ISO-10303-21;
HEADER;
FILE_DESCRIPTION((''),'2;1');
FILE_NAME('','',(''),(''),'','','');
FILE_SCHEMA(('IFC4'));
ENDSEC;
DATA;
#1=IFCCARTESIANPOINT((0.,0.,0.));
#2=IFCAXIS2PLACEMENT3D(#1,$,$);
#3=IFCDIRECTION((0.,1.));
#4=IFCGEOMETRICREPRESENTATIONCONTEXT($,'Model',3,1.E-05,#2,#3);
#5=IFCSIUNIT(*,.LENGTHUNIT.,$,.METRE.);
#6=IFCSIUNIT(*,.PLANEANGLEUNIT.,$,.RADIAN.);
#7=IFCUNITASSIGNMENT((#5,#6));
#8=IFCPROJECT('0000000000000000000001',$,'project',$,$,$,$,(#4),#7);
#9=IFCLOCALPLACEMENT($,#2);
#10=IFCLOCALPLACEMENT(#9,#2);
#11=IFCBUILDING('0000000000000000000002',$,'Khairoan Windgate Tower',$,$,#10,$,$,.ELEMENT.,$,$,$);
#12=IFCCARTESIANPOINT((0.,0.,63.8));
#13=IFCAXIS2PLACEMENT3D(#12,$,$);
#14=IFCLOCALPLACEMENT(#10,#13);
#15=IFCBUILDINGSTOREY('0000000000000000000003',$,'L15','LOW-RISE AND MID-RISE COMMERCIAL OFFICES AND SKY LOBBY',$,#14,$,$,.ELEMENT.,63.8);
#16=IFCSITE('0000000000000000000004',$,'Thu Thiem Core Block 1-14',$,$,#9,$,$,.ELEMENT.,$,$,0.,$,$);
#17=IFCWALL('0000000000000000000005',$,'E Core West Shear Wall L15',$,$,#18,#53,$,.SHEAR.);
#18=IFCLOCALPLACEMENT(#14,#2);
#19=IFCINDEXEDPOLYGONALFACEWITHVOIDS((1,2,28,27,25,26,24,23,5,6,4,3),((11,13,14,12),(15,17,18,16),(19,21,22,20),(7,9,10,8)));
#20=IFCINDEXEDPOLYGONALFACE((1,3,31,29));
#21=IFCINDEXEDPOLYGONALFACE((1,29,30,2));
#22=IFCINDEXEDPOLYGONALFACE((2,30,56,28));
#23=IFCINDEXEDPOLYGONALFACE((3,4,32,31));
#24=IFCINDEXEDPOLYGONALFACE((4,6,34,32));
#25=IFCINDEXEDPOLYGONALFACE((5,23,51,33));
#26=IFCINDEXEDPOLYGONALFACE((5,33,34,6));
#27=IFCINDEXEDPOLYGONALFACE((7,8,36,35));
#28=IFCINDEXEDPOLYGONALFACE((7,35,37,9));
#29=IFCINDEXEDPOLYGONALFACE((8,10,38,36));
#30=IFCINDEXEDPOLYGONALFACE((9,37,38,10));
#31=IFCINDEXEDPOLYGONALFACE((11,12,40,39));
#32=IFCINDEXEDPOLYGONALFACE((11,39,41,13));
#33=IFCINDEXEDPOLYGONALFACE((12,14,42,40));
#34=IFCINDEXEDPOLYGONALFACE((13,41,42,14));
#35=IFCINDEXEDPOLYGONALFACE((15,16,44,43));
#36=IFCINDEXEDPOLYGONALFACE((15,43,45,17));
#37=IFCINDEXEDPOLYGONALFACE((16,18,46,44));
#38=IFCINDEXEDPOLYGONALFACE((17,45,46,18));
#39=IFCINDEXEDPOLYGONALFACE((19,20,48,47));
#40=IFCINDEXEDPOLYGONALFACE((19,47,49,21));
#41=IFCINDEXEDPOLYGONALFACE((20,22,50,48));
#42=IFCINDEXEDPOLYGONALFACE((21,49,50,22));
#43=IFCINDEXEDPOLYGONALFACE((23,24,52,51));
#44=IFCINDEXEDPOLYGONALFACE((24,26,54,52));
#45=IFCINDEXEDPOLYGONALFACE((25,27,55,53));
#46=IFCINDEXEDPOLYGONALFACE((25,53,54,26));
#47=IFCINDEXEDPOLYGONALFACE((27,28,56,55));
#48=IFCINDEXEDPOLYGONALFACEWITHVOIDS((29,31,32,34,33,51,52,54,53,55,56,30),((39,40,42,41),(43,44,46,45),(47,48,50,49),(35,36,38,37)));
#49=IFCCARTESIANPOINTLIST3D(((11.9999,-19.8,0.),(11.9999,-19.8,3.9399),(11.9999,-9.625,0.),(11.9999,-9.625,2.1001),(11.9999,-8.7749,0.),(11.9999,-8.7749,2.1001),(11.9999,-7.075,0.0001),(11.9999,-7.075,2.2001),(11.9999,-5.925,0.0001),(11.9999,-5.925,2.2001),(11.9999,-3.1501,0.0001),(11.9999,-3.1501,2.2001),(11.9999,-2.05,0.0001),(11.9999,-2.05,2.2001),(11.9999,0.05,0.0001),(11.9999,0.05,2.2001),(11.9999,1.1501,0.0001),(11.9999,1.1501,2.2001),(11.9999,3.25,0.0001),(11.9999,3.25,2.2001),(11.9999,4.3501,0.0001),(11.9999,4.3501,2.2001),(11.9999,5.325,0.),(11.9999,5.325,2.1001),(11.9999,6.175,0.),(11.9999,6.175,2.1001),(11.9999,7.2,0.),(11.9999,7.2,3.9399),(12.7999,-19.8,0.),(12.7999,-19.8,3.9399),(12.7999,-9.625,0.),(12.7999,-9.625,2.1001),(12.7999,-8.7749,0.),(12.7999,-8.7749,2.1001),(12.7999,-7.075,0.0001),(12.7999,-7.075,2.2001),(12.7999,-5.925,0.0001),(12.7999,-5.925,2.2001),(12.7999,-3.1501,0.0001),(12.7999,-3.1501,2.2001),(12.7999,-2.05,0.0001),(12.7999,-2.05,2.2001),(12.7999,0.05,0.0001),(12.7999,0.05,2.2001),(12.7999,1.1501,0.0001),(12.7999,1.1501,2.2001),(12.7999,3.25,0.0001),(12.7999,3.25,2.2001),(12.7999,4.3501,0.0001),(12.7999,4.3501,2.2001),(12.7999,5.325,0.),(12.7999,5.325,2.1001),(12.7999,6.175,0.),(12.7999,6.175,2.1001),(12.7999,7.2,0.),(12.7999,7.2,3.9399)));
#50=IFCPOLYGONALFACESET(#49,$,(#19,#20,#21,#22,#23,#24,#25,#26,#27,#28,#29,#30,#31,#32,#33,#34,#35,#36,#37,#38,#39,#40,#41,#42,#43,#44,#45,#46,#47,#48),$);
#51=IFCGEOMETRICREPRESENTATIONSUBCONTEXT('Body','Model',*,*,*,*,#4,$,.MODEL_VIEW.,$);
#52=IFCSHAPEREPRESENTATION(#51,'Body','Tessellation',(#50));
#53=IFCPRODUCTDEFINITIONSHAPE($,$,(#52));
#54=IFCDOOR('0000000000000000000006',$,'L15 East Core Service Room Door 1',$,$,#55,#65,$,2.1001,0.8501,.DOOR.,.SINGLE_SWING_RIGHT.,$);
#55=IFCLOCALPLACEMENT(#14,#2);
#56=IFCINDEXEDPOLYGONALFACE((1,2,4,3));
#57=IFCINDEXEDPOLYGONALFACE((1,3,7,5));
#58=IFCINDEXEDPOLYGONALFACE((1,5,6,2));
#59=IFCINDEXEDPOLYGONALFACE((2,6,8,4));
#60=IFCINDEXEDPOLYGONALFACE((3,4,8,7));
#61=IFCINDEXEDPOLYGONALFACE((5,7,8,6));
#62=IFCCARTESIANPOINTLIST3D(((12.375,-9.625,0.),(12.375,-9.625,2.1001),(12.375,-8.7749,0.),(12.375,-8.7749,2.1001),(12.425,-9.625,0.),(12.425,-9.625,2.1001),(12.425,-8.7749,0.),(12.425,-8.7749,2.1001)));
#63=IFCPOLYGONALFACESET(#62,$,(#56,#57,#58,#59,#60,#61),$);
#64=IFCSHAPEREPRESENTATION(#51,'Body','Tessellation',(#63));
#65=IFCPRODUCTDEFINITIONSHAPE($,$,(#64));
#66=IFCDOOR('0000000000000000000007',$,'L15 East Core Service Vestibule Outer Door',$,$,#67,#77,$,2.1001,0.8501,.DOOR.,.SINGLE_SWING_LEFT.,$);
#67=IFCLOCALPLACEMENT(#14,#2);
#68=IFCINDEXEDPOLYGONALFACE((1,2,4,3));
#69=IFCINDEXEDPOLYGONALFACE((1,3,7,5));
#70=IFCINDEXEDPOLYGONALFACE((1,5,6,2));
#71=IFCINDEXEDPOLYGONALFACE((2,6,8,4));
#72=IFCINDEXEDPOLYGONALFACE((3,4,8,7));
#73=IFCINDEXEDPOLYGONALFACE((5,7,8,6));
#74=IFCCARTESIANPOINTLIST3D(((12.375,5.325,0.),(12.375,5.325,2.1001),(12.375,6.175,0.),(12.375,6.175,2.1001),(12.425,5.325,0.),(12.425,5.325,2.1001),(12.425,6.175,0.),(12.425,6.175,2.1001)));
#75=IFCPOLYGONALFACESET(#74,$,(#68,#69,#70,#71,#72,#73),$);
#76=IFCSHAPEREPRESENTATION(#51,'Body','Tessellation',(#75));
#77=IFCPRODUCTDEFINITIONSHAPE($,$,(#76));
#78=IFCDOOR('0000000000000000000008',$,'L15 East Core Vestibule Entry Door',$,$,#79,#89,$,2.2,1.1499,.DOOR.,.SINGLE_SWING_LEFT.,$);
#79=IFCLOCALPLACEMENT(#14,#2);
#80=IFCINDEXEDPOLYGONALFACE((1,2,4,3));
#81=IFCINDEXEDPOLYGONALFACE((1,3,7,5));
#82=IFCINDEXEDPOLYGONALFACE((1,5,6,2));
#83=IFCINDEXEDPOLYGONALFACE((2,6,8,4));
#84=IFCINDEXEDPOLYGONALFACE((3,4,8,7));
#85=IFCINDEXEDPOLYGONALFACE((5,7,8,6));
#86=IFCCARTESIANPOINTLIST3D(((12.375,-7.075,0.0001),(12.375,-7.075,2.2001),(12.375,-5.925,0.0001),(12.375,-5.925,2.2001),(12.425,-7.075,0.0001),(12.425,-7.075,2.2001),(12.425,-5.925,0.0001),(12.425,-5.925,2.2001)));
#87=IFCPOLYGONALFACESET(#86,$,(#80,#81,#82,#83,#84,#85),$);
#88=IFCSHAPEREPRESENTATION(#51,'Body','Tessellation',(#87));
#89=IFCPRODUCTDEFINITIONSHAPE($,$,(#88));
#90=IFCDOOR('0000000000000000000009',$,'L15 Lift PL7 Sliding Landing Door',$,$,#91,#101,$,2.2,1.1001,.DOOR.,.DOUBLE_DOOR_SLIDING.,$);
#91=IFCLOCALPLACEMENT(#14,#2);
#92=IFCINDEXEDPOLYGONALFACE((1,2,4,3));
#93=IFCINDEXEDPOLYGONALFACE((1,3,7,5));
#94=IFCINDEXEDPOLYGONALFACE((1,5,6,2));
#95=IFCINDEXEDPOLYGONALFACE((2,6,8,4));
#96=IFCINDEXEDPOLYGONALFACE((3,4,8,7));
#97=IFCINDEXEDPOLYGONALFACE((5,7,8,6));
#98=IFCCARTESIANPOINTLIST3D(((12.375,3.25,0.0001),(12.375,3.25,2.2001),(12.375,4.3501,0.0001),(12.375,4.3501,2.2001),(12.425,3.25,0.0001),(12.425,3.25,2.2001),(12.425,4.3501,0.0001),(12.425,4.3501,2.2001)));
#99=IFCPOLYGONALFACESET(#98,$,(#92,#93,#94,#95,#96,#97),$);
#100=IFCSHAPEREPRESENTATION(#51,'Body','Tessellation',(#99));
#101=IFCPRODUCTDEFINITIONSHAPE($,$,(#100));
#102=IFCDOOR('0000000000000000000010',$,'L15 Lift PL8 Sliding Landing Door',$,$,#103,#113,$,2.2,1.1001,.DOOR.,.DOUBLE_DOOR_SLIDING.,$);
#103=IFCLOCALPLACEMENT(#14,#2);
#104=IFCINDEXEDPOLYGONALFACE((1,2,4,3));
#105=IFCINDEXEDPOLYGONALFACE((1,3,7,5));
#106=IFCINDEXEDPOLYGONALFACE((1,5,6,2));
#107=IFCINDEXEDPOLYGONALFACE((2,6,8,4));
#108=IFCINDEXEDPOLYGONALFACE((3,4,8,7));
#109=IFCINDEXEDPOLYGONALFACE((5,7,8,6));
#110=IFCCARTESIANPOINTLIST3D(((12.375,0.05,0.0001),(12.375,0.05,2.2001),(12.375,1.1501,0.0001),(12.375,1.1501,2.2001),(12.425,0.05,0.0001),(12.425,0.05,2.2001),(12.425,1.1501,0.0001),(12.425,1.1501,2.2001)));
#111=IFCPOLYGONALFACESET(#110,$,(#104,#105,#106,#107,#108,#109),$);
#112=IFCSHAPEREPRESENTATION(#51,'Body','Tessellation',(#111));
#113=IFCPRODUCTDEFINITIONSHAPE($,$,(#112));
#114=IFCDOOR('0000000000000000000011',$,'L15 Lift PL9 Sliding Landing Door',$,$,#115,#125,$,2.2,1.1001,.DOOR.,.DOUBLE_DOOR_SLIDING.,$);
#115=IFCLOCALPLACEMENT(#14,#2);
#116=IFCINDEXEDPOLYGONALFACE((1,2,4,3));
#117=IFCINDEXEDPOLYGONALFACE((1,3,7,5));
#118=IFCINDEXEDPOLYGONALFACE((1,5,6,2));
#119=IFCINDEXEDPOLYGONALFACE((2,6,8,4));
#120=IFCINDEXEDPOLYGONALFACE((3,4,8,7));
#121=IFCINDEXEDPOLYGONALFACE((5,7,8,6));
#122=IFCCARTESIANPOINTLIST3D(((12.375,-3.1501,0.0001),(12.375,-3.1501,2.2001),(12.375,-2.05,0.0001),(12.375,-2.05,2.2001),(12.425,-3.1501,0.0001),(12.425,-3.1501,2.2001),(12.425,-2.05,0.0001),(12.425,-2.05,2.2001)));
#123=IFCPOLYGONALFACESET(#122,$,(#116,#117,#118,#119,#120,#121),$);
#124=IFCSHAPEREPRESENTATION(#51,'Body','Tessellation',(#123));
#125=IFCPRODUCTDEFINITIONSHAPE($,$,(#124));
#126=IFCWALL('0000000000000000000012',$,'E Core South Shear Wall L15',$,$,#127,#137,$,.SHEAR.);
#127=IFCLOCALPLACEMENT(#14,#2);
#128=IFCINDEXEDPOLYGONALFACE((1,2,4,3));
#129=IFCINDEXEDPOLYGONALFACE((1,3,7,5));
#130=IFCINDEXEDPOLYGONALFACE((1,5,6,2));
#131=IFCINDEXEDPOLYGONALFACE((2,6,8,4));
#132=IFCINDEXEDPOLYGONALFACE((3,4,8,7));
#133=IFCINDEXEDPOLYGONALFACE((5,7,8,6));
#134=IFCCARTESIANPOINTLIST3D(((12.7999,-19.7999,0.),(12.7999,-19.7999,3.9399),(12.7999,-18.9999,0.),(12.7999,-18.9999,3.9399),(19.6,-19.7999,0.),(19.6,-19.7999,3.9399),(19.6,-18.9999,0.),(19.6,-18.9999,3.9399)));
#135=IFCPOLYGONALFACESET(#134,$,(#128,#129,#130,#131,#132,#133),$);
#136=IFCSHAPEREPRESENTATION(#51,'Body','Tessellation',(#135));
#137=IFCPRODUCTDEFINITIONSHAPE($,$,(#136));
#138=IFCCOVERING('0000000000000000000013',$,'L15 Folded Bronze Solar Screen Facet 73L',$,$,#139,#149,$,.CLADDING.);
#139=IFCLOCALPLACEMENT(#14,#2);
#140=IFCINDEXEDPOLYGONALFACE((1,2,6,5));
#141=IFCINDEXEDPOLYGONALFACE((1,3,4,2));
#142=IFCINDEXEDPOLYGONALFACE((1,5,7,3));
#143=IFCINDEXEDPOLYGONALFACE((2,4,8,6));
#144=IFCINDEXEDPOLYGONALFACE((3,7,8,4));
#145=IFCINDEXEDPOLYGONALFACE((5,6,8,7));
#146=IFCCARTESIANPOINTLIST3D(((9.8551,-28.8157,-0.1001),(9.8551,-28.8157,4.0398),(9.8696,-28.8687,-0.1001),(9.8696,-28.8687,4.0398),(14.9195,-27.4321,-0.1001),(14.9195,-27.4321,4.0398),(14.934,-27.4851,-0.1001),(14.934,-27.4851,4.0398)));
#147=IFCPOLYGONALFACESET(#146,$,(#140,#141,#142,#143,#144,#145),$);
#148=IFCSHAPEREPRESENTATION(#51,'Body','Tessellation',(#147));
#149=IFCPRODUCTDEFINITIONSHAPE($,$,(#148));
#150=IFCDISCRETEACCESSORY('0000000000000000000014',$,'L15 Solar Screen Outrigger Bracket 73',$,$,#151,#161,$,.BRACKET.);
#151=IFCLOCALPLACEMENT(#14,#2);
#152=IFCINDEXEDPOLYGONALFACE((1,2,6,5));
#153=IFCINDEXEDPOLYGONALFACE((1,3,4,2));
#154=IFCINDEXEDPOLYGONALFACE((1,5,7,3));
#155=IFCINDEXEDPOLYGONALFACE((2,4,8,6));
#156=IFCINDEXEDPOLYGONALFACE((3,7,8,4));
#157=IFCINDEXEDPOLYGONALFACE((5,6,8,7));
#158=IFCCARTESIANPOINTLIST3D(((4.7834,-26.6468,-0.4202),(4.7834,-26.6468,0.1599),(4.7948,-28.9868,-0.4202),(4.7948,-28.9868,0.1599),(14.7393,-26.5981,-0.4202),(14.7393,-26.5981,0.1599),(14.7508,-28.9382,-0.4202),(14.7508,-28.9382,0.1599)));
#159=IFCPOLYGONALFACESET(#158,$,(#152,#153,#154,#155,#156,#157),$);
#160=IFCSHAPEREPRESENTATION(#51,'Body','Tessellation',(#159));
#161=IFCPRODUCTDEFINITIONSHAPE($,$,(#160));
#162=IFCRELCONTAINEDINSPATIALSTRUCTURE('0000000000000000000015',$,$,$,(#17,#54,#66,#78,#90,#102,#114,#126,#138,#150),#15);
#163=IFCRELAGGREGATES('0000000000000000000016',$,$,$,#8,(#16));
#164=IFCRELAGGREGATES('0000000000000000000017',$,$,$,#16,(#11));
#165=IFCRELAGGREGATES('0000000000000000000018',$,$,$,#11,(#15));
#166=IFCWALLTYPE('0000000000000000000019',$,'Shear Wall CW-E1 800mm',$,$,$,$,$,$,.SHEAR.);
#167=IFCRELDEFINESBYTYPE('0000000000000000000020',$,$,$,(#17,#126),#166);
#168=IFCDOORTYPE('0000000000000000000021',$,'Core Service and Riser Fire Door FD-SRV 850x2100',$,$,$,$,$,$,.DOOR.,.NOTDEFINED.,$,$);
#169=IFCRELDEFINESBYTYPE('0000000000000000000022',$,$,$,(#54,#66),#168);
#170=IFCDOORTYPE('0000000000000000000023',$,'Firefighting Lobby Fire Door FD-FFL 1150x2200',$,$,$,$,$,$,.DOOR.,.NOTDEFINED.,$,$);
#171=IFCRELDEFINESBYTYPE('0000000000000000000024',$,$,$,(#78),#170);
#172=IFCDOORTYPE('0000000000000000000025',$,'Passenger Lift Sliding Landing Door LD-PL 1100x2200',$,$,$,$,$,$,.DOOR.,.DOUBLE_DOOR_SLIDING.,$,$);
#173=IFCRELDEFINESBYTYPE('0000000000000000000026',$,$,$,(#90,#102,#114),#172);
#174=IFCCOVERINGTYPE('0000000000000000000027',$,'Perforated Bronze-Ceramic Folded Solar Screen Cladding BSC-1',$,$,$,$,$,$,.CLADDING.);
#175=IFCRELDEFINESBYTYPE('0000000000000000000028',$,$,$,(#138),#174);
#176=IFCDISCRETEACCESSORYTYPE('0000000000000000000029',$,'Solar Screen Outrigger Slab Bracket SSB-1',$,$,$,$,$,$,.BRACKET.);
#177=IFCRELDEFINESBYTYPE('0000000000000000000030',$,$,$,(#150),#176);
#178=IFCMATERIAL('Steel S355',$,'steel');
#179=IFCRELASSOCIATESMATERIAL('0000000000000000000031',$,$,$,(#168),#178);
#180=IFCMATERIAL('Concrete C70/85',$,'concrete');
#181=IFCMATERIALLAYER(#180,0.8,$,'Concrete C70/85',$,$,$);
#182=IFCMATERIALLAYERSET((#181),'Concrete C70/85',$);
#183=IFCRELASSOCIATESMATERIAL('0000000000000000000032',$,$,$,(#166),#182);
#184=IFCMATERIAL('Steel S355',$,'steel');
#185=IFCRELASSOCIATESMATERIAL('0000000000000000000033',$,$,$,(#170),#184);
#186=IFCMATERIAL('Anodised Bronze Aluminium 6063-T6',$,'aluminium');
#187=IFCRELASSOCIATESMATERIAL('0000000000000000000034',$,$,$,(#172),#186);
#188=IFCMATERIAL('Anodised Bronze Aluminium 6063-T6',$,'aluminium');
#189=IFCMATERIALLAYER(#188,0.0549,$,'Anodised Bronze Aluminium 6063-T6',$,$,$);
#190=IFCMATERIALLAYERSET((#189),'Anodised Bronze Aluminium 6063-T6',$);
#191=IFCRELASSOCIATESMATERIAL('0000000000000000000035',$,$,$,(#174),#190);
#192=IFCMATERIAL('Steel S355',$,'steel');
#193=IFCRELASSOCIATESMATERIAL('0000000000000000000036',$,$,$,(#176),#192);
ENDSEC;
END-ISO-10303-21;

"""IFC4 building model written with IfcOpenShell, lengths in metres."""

from ifc_helpers import new_model, si_unit, direction, frame, frame_2d, origin, origin_2d, place, context, subcontext, project, spatial, rectangle, extrude, material, layer, layer_set, type_object, element, fill, save


model = new_model("IFC4")

# Units and contexts
model_context = context("Model", 3, precision=1e-05, world=origin(), true_north=direction((0.0, 1.0)))
body_context = subcontext(model_context, "Body", "Model", "MODEL_VIEW")
ifc_project = project(units=[si_unit("LENGTHUNIT", "METRE"), si_unit("PLANEANGLEUNIT", "RADIAN")], contexts=[model_context])

# Site, building, storey
site_placement = place(None, origin())
site = spatial("IfcSite", under=ifc_project, at=site_placement, Name="Thu Thiem Core Block 1-14", CompositionType="ELEMENT", RefElevation=0.0)
building_placement = place(site_placement, origin())
building = spatial("IfcBuilding", under=site, at=building_placement, Name="Khairoan Windgate Tower", CompositionType="ELEMENT")
storey_placement = place(building_placement, frame((0.0, 0.0, 63.8)))
storey = spatial("IfcBuildingStorey", under=building, at=storey_placement, Name="L15", Description="LOW-RISE AND MID-RISE COMMERCIAL OFFICES AND SKY LOBBY", CompositionType="ELEMENT", Elevation=63.8)

# Shared definitions
ifc_material_1 = material(Name="Steel S355", Category="steel")
door_type_1 = type_object("IfcDoorType", Name="Core Service and Riser Fire Door FD-SRV 850x2100", OperationType="NOTDEFINED", PredefinedType="DOOR", material=ifc_material_1)

# Wall, openings, doors
ifc_material_2 = material(Name="Concrete C70/85", Category="concrete")
ifc_layer_1 = layer(ifc_material_2, 0.8, Name="Concrete C70/85")
ifc_layer_set_1 = layer_set([ifc_layer_1], Name="Concrete C70/85")
wall_type_1 = type_object("IfcWallType", Name="Shear Wall CW-E1 800mm", PredefinedType="SHEAR", material=ifc_layer_set_1)
wall_1_placement = place(storey_placement, frame((12.3999, -19.8, 0.0), z_axis=(0.0, 0.0, 1.0), x_axis=(0.0, 1.0, 0.0)))
wall_1 = element("IfcWall", 1, at=wall_1_placement, inside=storey, type_object=wall_type_1, Name="E Core West Shear Wall L15", PredefinedType="SHEAR", context=body_context, shape_type="SweptSolid", body=[
    extrude(rectangle(XDim=27.0, YDim=0.8, at=frame_2d((13.5, 0.0))), origin(), (0.0, 0.0, 1.0), 3.9399),
])
opening_1_placement = place(wall_1_placement, frame((23.05, 0.0, 0.0)))
opening_1 = element("IfcOpeningElement", 2, at=opening_1_placement, cuts=wall_1, PredefinedType="OPENING", context=body_context, shape_type="SweptSolid", body=[
    extrude(rectangle(XDim=1.1001, YDim=2.2, at=frame_2d((0.55, 1.1001))), frame((0.0, 0.4099, 0.0), z_axis=(0.0, -1.0, 0.0), x_axis=(1.0, 0.0, 0.0)), (0.0, 0.0, 1.0), 0.8201),
])
opening_2_placement = place(wall_1_placement, frame((19.8501, 0.0, 0.0)))
opening_2 = element("IfcOpeningElement", 3, at=opening_2_placement, cuts=wall_1, PredefinedType="OPENING", context=body_context, shape_type="SweptSolid", body=[
    extrude(rectangle(XDim=1.1001, YDim=2.2, at=frame_2d((0.55, 1.1001))), frame((0.0, 0.4099, 0.0), z_axis=(0.0, -1.0, 0.0), x_axis=(1.0, 0.0, 0.0)), (0.0, 0.0, 1.0), 0.8201),
])
opening_3_placement = place(wall_1_placement, frame((16.6499, 0.0, 0.0)))
opening_3 = element("IfcOpeningElement", 4, at=opening_3_placement, cuts=wall_1, PredefinedType="OPENING", context=body_context, shape_type="SweptSolid", body=[
    extrude(rectangle(XDim=1.1001, YDim=2.2, at=frame_2d((0.55, 1.1001))), frame((0.0, 0.4099, 0.0), z_axis=(0.0, -1.0, 0.0), x_axis=(1.0, 0.0, 0.0)), (0.0, 0.0, 1.0), 0.8201),
])
opening_4_placement = place(wall_1_placement, frame((10.175, 0.0, 0.0)))
opening_4 = element("IfcOpeningElement", 5, at=opening_4_placement, cuts=wall_1, PredefinedType="OPENING", context=body_context, shape_type="SweptSolid", body=[
    extrude(rectangle(XDim=0.8501, YDim=2.1001, at=frame_2d((0.425, 1.05))), frame((0.0, 0.4099, 0.0), z_axis=(0.0, -1.0, 0.0), x_axis=(1.0, 0.0, 0.0)), (0.0, 0.0, 1.0), 0.8201),
])
opening_5_placement = place(wall_1_placement, frame((12.7251, 0.0, 0.0)))
opening_5 = element("IfcOpeningElement", 6, at=opening_5_placement, cuts=wall_1, PredefinedType="OPENING", context=body_context, shape_type="SweptSolid", body=[
    extrude(rectangle(XDim=1.1499, YDim=2.2, at=frame_2d((0.575, 1.1001))), frame((0.0, 0.4099, 0.0), z_axis=(0.0, -1.0, 0.0), x_axis=(1.0, 0.0, 0.0)), (0.0, 0.0, 1.0), 0.8201),
])
opening_6_placement = place(wall_1_placement, frame((25.125, 0.0, 0.0)))
opening_6 = element("IfcOpeningElement", 7, at=opening_6_placement, cuts=wall_1, PredefinedType="OPENING", context=body_context, shape_type="SweptSolid", body=[
    extrude(rectangle(XDim=0.8501, YDim=2.1001, at=frame_2d((0.425, 1.05))), frame((0.0, 0.4099, 0.0), z_axis=(0.0, -1.0, 0.0), x_axis=(1.0, 0.0, 0.0)), (0.0, 0.0, 1.0), 0.8201),
])
door_1_placement = place(opening_4_placement, origin())
door_1 = element("IfcDoor", 8, at=door_1_placement, inside=storey, type_object=door_type_1, Name="L15 East Core Service Room Door 1", OperationType="SINGLE_SWING_RIGHT", OverallHeight=2.1001, OverallWidth=0.8501, PredefinedType="DOOR", context=body_context, shape_type="SweptSolid", body=[
    extrude(rectangle(XDim=0.8501, YDim=2.1001, at=frame_2d((0.425, 1.05))), frame((0.0, 0.0249, 0.0), z_axis=(0.0, -1.0, 0.0), x_axis=(1.0, 0.0, 0.0)), (0.0, 0.0, 1.0), 0.05),
])
fill(opening_4, door_1)
door_2_placement = place(opening_6_placement, origin())
door_2 = element("IfcDoor", 9, at=door_2_placement, inside=storey, type_object=door_type_1, Name="L15 East Core Service Vestibule Outer Door", OperationType="SINGLE_SWING_LEFT", OverallHeight=2.1001, OverallWidth=0.8501, PredefinedType="DOOR", context=body_context, shape_type="SweptSolid", body=[
    extrude(rectangle(XDim=0.8501, YDim=2.1001, at=frame_2d((0.425, 1.05))), frame((0.0, 0.0249, 0.0), z_axis=(0.0, -1.0, 0.0), x_axis=(1.0, 0.0, 0.0)), (0.0, 0.0, 1.0), 0.05),
])
fill(opening_6, door_2)
ifc_material_3 = material(Name="Steel S355", Category="steel")
door_type_2 = type_object("IfcDoorType", Name="Firefighting Lobby Fire Door FD-FFL 1150x2200", OperationType="NOTDEFINED", PredefinedType="DOOR", material=ifc_material_3)
door_3_placement = place(opening_5_placement, origin())
door_3 = element("IfcDoor", 10, at=door_3_placement, inside=storey, type_object=door_type_2, Name="L15 East Core Vestibule Entry Door", OperationType="SINGLE_SWING_LEFT", OverallHeight=2.2, OverallWidth=1.1499, PredefinedType="DOOR", context=body_context, shape_type="SweptSolid", body=[
    extrude(rectangle(XDim=1.1499, YDim=2.2, at=frame_2d((0.575, 1.1001))), frame((0.0, 0.0249, 0.0), z_axis=(0.0, -1.0, 0.0), x_axis=(1.0, 0.0, 0.0)), (0.0, 0.0, 1.0), 0.05),
])
fill(opening_5, door_3)
ifc_material_4 = material(Name="Anodised Bronze Aluminium 6063-T6", Category="aluminium")
door_type_3 = type_object("IfcDoorType", Name="Passenger Lift Sliding Landing Door LD-PL 1100x2200", OperationType="DOUBLE_DOOR_SLIDING", PredefinedType="DOOR", material=ifc_material_4)
door_4_placement = place(opening_1_placement, origin())
door_4 = element("IfcDoor", 11, at=door_4_placement, inside=storey, type_object=door_type_3, Name="L15 Lift PL7 Sliding Landing Door", OperationType="DOUBLE_DOOR_SLIDING", OverallHeight=2.2, OverallWidth=1.1001, PredefinedType="DOOR", context=body_context, shape_type="SweptSolid", body=[
    extrude(rectangle(XDim=1.1001, YDim=2.2, at=frame_2d((0.55, 1.1001))), frame((0.0, 0.0249, 0.0), z_axis=(0.0, -1.0, 0.0), x_axis=(1.0, 0.0, 0.0)), (0.0, 0.0, 1.0), 0.05),
])
fill(opening_1, door_4)
door_5_placement = place(opening_2_placement, origin())
door_5 = element("IfcDoor", 12, at=door_5_placement, inside=storey, type_object=door_type_3, Name="L15 Lift PL8 Sliding Landing Door", OperationType="DOUBLE_DOOR_SLIDING", OverallHeight=2.2, OverallWidth=1.1001, PredefinedType="DOOR", context=body_context, shape_type="SweptSolid", body=[
    extrude(rectangle(XDim=1.1001, YDim=2.2, at=frame_2d((0.55, 1.1001))), frame((0.0, 0.0249, 0.0), z_axis=(0.0, -1.0, 0.0), x_axis=(1.0, 0.0, 0.0)), (0.0, 0.0, 1.0), 0.05),
])
fill(opening_2, door_5)
door_6_placement = place(opening_3_placement, origin())
door_6 = element("IfcDoor", 13, at=door_6_placement, inside=storey, type_object=door_type_3, Name="L15 Lift PL9 Sliding Landing Door", OperationType="DOUBLE_DOOR_SLIDING", OverallHeight=2.2, OverallWidth=1.1001, PredefinedType="DOOR", context=body_context, shape_type="SweptSolid", body=[
    extrude(rectangle(XDim=1.1001, YDim=2.2, at=frame_2d((0.55, 1.1001))), frame((0.0, 0.0249, 0.0), z_axis=(0.0, -1.0, 0.0), x_axis=(1.0, 0.0, 0.0)), (0.0, 0.0, 1.0), 0.05),
])
fill(opening_3, door_6)

# Wall
wall_2_placement = place(storey_placement, frame((12.8, -19.3999, 0.0), z_axis=(0.0, 0.0, 1.0), x_axis=(1.0, 0.0, 0.0)))
element("IfcWall", 14, at=wall_2_placement, inside=storey, type_object=wall_type_1, Name="E Core South Shear Wall L15", PredefinedType="SHEAR", context=body_context, shape_type="SweptSolid", body=[
    extrude(rectangle(XDim=6.8, YDim=0.8, at=frame_2d((3.3999, 0.0))), origin(), (0.0, 0.0, 1.0), 3.9399),
])

# Covering
ifc_material_5 = material(Name="Anodised Bronze Aluminium 6063-T6", Category="aluminium")
ifc_layer_2 = layer(ifc_material_5, 0.0549, Name="Anodised Bronze Aluminium 6063-T6")
ifc_layer_set_2 = layer_set([ifc_layer_2], Name="Anodised Bronze Aluminium 6063-T6")
covering_type = type_object("IfcCoveringType", Name="Perforated Bronze-Ceramic Folded Solar Screen Cladding BSC-1", PredefinedType="CLADDING", material=ifc_layer_set_2)
covering_placement = place(storey_placement, frame((12.3945, -28.1504, -0.1001), z_axis=(0.0, 0.0, 1.0), x_axis=(-0.964649, -0.263536, 0.0)))
element("IfcCovering", 15, at=covering_placement, inside=storey, type_object=covering_type, Name="L15 Folded Bronze Solar Screen Facet 73L", PredefinedType="CLADDING", context=body_context, shape_type="SweptSolid", body=[
    extrude(rectangle(XDim=5.25, YDim=0.0549, at=origin_2d()), origin(), (0.0, 0.0, 1.0), 4.1399),
])

# Discrete accessory
ifc_material_6 = material(Name="Steel S355", Category="steel")
discrete_accessory_type = type_object("IfcDiscreteAccessoryType", Name="Solar Screen Outrigger Slab Bracket SSB-1", PredefinedType="BRACKET", material=ifc_material_6)
discrete_accessory_placement = place(storey_placement, frame((9.7671, -27.7925, -0.4202), z_axis=(0.0, 0.0, 1.0), x_axis=(-0.999988, -0.004887, 0.0)))
element("IfcDiscreteAccessory", 16, at=discrete_accessory_placement, inside=storey, type_object=discrete_accessory_type, Name="L15 Solar Screen Outrigger Bracket 73", PredefinedType="BRACKET", context=body_context, shape_type="SweptSolid", body=[
    extrude(rectangle(XDim=9.9561, YDim=2.3401, at=origin_2d()), origin(), (0.0, 0.0, 1.0), 0.5801),
])

save(model, "model.ifc")
